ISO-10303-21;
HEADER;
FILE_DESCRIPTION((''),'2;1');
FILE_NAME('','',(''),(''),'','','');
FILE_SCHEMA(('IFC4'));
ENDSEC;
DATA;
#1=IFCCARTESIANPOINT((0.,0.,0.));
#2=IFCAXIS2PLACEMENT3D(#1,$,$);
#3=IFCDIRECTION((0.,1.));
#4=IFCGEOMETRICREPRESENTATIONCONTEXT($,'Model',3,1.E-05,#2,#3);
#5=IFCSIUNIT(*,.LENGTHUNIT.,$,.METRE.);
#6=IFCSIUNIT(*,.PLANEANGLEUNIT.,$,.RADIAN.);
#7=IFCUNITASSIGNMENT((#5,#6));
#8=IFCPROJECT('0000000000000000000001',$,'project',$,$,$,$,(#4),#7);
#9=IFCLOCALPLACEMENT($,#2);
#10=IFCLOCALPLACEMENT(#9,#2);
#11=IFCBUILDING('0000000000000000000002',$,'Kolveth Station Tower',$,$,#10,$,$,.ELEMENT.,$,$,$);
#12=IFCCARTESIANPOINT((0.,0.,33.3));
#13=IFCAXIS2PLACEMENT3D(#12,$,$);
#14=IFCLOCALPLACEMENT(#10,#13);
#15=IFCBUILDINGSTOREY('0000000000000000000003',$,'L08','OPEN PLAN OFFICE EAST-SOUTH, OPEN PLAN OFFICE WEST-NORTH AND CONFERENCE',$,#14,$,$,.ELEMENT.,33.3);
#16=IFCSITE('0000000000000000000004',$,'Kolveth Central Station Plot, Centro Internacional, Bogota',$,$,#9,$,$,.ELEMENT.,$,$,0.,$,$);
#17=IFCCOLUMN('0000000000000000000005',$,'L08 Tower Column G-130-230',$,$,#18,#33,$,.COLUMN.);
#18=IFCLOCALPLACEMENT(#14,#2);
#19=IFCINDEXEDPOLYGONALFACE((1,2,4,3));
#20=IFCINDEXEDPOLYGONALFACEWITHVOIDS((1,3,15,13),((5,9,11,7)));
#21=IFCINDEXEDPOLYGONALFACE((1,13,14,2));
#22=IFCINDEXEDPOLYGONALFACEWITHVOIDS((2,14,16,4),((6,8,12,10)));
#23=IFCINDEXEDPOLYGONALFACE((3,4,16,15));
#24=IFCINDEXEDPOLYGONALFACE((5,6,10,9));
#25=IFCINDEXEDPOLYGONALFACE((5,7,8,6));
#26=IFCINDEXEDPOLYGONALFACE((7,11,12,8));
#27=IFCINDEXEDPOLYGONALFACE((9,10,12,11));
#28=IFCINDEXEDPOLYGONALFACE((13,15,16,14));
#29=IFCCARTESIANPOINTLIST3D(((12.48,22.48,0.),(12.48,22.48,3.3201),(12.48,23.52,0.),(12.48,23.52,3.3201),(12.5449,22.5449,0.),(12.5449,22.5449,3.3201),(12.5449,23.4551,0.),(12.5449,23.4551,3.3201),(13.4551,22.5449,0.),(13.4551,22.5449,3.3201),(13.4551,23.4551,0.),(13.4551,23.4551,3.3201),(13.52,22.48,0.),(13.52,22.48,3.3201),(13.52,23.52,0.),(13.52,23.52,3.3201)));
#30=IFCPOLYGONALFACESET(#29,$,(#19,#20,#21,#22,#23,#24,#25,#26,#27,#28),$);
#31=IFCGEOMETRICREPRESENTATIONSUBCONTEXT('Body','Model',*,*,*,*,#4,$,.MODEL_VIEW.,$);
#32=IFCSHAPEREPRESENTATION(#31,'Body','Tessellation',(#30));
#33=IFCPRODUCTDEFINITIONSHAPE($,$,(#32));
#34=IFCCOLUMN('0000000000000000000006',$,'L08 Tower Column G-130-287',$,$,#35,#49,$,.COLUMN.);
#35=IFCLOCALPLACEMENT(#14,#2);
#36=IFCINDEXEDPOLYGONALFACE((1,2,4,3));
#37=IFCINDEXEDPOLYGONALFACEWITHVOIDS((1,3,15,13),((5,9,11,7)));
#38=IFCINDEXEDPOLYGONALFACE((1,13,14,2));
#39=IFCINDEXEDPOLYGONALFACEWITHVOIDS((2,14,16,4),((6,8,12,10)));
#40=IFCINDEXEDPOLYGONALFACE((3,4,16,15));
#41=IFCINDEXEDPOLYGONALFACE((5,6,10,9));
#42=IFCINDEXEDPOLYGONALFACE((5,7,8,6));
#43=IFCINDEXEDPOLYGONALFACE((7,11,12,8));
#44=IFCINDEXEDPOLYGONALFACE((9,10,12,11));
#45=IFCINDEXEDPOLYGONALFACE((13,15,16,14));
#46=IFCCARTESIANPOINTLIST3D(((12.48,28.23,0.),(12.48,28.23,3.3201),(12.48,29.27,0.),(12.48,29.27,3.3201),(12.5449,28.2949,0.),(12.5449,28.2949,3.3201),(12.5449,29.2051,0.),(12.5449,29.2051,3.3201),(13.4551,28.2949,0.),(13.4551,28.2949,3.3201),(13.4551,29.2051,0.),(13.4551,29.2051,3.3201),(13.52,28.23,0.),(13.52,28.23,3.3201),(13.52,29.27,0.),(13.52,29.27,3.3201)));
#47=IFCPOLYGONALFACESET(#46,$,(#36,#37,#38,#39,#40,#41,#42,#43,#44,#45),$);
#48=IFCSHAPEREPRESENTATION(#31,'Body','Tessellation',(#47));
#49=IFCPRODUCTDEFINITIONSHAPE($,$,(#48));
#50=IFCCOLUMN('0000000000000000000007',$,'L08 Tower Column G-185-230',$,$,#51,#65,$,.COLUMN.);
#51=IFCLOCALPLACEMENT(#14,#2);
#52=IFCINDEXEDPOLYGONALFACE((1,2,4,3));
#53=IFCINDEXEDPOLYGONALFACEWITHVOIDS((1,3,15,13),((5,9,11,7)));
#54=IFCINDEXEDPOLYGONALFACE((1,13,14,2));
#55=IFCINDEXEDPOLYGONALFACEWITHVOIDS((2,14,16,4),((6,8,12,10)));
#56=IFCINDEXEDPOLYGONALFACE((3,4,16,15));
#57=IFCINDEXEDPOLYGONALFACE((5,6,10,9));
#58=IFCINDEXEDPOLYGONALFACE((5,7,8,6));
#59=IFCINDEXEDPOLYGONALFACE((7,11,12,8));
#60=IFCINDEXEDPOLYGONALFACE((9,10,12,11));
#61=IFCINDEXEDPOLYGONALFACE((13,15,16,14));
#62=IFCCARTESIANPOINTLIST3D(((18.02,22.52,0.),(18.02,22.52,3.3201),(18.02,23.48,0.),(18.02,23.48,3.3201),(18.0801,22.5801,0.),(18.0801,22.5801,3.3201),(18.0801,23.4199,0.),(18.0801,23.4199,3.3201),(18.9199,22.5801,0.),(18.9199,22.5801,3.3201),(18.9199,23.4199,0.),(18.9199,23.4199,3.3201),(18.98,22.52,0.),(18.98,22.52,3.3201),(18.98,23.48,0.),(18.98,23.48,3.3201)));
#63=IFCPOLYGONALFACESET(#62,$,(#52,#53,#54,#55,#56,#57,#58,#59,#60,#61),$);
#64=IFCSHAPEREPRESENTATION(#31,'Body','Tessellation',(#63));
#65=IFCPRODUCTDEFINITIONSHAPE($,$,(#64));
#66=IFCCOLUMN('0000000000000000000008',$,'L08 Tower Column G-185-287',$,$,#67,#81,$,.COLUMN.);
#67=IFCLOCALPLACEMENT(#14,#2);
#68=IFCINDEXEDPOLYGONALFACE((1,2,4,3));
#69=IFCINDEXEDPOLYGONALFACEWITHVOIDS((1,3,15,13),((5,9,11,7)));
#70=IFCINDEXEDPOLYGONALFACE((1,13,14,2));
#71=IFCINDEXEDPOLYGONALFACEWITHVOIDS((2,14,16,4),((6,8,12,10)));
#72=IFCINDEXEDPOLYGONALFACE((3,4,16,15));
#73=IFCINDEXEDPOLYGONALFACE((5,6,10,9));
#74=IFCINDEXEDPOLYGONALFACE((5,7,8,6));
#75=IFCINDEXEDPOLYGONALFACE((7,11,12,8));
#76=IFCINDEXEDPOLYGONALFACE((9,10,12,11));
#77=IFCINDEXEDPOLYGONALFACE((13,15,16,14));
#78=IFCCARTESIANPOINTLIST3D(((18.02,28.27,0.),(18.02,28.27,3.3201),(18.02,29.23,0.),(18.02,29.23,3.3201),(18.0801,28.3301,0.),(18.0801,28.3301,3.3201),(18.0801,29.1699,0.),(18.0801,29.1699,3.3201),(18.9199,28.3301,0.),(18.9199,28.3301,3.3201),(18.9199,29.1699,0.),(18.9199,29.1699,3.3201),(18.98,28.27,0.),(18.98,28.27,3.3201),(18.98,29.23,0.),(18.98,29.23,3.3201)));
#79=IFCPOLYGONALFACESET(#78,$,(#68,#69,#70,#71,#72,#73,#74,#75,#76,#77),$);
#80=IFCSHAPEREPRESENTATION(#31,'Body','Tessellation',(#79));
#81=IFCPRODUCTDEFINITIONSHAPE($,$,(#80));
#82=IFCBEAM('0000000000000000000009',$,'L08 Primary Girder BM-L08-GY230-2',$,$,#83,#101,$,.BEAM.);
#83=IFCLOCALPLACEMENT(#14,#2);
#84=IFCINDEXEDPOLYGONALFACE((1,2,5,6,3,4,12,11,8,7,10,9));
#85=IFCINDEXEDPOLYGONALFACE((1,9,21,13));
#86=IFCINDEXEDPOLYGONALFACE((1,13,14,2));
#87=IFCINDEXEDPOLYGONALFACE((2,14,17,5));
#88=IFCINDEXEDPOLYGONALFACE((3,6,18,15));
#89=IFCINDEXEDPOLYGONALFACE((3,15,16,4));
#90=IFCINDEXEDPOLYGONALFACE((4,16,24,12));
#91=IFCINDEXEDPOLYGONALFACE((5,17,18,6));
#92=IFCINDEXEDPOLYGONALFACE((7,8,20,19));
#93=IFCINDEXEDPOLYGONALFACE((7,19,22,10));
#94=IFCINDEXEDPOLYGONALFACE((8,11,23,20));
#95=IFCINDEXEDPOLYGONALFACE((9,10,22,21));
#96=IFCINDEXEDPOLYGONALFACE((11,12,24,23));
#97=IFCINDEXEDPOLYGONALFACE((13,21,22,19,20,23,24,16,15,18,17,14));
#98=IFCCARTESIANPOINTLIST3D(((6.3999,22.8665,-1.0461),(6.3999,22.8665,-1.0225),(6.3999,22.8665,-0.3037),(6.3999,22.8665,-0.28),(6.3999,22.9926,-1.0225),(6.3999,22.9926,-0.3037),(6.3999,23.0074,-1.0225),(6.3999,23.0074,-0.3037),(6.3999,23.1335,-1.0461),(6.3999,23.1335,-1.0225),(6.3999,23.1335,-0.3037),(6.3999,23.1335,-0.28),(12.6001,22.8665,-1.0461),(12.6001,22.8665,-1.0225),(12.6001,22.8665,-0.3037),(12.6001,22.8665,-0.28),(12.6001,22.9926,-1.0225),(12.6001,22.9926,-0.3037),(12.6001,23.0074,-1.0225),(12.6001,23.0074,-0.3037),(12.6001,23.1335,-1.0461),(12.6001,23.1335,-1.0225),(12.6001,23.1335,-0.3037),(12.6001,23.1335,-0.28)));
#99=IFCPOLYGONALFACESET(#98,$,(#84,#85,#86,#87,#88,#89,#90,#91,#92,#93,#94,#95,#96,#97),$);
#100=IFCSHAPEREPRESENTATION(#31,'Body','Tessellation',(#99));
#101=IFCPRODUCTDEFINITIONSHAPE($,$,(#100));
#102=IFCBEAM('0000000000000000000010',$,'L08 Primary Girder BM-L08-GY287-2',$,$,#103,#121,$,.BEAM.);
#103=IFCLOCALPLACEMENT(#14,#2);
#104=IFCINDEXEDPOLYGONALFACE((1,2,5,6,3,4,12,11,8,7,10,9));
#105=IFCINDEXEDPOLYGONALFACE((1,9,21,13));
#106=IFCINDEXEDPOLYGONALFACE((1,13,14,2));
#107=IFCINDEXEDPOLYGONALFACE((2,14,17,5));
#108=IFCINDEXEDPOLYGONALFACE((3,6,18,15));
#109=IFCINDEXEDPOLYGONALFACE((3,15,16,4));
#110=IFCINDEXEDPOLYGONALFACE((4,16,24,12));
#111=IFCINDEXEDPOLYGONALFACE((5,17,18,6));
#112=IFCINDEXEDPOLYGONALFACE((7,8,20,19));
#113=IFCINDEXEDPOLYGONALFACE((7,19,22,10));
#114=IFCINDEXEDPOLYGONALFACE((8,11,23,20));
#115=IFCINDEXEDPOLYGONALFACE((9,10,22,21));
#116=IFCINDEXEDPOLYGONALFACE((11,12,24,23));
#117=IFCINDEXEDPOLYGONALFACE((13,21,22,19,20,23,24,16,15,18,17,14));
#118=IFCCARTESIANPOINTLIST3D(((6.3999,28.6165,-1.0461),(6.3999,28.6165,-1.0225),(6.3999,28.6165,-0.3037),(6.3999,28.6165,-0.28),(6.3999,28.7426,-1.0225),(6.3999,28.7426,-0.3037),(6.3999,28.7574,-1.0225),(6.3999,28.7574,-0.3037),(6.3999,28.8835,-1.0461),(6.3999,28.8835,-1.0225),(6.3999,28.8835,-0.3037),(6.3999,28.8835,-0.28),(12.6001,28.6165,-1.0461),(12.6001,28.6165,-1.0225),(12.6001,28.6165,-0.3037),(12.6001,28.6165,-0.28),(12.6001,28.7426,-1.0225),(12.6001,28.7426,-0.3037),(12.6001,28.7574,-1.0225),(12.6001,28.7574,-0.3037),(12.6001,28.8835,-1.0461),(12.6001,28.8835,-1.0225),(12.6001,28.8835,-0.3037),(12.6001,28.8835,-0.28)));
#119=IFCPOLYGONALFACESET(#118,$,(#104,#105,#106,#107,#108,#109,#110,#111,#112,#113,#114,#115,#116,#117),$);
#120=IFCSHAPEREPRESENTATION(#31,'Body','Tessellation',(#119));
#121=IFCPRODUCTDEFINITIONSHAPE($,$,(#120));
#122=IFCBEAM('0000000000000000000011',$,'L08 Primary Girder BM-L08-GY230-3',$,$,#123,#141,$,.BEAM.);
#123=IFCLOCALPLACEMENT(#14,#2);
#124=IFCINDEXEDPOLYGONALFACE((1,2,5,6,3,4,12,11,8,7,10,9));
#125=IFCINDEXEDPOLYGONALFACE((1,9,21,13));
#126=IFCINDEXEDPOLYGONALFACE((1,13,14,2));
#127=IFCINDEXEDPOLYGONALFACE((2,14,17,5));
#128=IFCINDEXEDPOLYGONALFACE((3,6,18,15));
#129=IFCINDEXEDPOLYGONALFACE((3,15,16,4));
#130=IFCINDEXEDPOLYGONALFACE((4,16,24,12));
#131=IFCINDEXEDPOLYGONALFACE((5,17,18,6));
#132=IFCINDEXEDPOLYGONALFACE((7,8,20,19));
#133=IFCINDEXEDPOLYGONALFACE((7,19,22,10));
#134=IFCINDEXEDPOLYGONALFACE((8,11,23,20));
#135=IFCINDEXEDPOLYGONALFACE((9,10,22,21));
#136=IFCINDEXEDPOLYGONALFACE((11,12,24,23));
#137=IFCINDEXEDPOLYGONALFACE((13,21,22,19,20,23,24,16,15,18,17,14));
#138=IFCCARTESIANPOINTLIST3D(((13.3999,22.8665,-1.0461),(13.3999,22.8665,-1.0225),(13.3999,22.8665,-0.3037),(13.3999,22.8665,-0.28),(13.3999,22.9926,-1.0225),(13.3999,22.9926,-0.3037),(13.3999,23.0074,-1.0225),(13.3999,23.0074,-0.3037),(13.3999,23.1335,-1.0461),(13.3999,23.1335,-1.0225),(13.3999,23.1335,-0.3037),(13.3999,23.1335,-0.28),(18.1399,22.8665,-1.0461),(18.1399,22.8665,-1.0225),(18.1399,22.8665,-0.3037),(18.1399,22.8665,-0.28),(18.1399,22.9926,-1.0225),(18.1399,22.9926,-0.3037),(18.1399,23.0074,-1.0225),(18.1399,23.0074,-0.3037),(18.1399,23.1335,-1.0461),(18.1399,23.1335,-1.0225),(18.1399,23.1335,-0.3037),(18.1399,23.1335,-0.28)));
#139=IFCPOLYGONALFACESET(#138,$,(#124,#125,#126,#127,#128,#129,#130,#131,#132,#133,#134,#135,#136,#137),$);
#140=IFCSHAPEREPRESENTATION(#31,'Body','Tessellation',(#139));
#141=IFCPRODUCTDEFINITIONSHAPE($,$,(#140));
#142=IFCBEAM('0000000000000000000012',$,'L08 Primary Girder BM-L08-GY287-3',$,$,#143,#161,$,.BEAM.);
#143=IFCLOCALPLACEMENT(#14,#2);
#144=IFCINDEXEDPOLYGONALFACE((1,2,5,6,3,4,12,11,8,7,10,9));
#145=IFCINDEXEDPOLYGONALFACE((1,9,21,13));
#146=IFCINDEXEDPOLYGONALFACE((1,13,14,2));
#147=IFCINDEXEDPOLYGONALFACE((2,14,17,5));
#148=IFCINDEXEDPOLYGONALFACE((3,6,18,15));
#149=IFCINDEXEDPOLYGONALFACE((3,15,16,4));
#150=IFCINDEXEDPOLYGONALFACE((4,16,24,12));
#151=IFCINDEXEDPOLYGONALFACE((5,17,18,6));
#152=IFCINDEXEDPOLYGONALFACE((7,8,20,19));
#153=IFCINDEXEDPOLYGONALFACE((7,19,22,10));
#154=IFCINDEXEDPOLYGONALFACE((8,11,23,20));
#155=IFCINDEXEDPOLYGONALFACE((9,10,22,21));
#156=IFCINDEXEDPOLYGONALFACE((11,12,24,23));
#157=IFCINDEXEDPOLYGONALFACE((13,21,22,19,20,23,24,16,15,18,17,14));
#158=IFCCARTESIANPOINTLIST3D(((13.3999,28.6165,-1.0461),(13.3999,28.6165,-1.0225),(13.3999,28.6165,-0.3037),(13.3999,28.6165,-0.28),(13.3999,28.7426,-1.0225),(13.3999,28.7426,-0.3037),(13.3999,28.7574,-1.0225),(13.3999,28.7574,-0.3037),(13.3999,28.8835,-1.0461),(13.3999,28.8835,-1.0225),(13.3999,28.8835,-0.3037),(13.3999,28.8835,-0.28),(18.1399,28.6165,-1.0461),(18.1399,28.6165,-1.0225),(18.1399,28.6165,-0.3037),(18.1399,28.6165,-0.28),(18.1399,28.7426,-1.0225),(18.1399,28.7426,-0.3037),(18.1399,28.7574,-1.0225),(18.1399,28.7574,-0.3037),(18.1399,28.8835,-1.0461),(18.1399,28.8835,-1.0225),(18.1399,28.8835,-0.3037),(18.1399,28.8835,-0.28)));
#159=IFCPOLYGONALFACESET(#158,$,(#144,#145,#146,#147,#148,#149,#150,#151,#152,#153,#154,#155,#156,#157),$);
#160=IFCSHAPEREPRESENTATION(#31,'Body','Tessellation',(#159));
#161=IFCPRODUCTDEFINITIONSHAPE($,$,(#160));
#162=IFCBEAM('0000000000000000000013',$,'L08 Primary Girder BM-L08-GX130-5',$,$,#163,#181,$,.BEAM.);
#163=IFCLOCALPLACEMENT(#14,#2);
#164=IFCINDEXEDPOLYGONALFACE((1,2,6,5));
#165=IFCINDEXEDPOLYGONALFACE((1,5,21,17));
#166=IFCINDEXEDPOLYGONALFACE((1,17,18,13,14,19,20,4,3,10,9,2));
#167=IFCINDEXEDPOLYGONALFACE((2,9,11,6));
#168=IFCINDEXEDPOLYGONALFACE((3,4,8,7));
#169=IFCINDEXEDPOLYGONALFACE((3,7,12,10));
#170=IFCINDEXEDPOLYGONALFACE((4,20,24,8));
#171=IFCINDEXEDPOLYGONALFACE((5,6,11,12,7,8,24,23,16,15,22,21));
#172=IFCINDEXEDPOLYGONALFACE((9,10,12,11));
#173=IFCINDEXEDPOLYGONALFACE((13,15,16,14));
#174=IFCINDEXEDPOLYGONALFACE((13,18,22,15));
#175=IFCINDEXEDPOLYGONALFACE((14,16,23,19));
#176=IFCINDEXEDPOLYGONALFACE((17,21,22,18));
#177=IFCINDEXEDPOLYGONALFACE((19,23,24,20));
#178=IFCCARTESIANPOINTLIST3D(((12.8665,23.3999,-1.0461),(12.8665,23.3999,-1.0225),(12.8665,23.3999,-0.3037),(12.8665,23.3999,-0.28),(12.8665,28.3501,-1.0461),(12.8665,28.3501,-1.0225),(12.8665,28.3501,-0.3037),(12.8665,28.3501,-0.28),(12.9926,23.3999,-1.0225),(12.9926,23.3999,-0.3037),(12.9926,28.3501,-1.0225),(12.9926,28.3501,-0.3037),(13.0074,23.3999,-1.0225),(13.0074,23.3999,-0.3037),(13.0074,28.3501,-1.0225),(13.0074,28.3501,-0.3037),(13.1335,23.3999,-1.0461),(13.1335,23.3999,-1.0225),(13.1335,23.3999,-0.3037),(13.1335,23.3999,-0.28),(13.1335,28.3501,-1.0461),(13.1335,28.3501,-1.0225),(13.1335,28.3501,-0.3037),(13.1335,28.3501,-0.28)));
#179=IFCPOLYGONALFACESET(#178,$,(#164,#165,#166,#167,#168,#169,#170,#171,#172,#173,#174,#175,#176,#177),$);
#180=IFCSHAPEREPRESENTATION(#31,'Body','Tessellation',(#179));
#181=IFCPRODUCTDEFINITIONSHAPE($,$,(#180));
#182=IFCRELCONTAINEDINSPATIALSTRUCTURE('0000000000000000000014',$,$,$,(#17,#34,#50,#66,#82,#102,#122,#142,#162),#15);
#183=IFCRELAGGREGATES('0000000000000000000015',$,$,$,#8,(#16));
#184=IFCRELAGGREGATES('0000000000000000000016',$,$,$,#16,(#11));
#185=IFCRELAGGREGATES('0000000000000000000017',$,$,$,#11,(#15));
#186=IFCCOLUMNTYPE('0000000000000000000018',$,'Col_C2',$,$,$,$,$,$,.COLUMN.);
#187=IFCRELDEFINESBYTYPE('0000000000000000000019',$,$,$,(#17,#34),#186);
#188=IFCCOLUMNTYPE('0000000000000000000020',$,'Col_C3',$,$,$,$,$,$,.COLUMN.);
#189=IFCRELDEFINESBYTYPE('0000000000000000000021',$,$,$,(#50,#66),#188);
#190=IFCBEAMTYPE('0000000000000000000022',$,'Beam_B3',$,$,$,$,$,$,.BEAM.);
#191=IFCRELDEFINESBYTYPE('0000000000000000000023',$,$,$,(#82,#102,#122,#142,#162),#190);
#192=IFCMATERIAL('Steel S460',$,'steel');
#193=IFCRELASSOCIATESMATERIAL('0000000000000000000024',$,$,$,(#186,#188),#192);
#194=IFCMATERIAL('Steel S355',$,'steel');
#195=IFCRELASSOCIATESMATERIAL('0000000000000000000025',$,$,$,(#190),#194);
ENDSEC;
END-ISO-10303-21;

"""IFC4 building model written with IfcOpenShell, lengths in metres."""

from ifc_helpers import new_model, si_unit, direction, frame, origin, origin_2d, place, context, subcontext, project, spatial, hollow_rectangle, i_section, extrude, source, transform, mapped, material, material_profile, profile_set, type_object, element, save


model = new_model("IFC4")

# Units and contexts
model_context = context("Model", 3, precision=1e-05, world=origin(), true_north=direction((0.0, 1.0)))
body_context = subcontext(model_context, "Body", "Model", "MODEL_VIEW")
ifc_project = project(units=[si_unit("LENGTHUNIT", "METRE"), si_unit("PLANEANGLEUNIT", "RADIAN")], contexts=[model_context])

# Site, building, storey
site_placement = place(None, origin())
site = spatial("IfcSite", under=ifc_project, at=site_placement, Name="Kolveth Central Station Plot, Centro Internacional, Bogota", CompositionType="ELEMENT", RefElevation=0.0)
building_placement = place(site_placement, origin())
building = spatial("IfcBuilding", under=site, at=building_placement, Name="Kolveth Station Tower", CompositionType="ELEMENT")
storey_placement = place(building_placement, frame((0.0, 0.0, 33.3)))
storey = spatial("IfcBuildingStorey", under=building, at=storey_placement, Name="L08", Description="OPEN PLAN OFFICE EAST-SOUTH, OPEN PLAN OFFICE WEST-NORTH AND CONFERENCE", CompositionType="ELEMENT", Elevation=33.3)

# Columns
ifc_material_1 = material(Name="Steel S460", Category="steel")
ifc_material_profile_1 = material_profile(ifc_material_1, hollow_rectangle(XDim=1.04, YDim=1.04, WallThickness=0.0649, at=origin_2d()), Name="BOX1040x1040x65")
ifc_profile_set_1 = profile_set([ifc_material_profile_1], Name="Steel S460")
column_type_1 = type_object("IfcColumnType", Name="Col_C2", PredefinedType="COLUMN", material=ifc_profile_set_1)
shared_shape_1 = source(origin(), body_context, "Body", "SweptSolid", [
    extrude(hollow_rectangle(XDim=1.04, YDim=1.04, WallThickness=0.0649, at=origin_2d()), origin(), (0.0, 0.0, 1.0), 3.3201),
])
for number, where, z_axis, x_axis, name in (
    (1, (13.0, 23.0, 0.0), (0.0, 0.0, 1.0), (1.0, 0.0, 0.0), "L08 Tower Column G-130-230"),
    (2, (13.0, 28.75, 0.0), (0.0, 0.0, 1.0), (1.0, 0.0, 0.0), "L08 Tower Column G-130-287"),
):
    element("IfcColumn", number, at=place(storey_placement, frame(where, z_axis=z_axis, x_axis=x_axis)), inside=storey, type_object=column_type_1, Name=name, PredefinedType="COLUMN", context=body_context, shape_type="MappedRepresentation", body=[
        mapped(shared_shape_1, transform((0.0, 0.0, 0.0), x_axis=(1.0, 0.0, 0.0), y_axis=(0.0, 1.0, 0.0), z_axis=(0.0, 0.0, 1.0), scale=1.0)),
    ])
ifc_material_profile_2 = material_profile(ifc_material_1, hollow_rectangle(XDim=0.96, YDim=0.96, WallThickness=0.0601, at=origin_2d()), Name="BOX960x960x60")
ifc_profile_set_2 = profile_set([ifc_material_profile_2], Name="Steel S460")
column_type_2 = type_object("IfcColumnType", Name="Col_C3", PredefinedType="COLUMN", material=ifc_profile_set_2)
shared_shape_2 = source(origin(), body_context, "Body", "SweptSolid", [
    extrude(hollow_rectangle(XDim=0.96, YDim=0.96, WallThickness=0.0601, at=origin_2d()), origin(), (0.0, 0.0, 1.0), 3.3201),
])
for number, where, z_axis, x_axis, name in (
    (3, (18.5, 23.0, 0.0), (0.0, 0.0, 1.0), (1.0, 0.0, 0.0), "L08 Tower Column G-185-230"),
    (4, (18.5, 28.75, 0.0), (0.0, 0.0, 1.0), (1.0, 0.0, 0.0), "L08 Tower Column G-185-287"),
):
    element("IfcColumn", number, at=place(storey_placement, frame(where, z_axis=z_axis, x_axis=x_axis)), inside=storey, type_object=column_type_2, Name=name, PredefinedType="COLUMN", context=body_context, shape_type="MappedRepresentation", body=[
        mapped(shared_shape_2, transform((0.0, 0.0, 0.0), x_axis=(1.0, 0.0, 0.0), y_axis=(0.0, 1.0, 0.0), z_axis=(0.0, 0.0, 1.0), scale=1.0)),
    ])

# Beams
ifc_material_2 = material(Name="Steel S355", Category="steel")
ifc_material_profile_3 = material_profile(ifc_material_2, i_section(OverallWidth=0.2671, OverallDepth=0.7661, WebThickness=0.0149, FlangeThickness=0.0237, at=origin_2d()), Name="W760x185")
ifc_profile_set_3 = profile_set([ifc_material_profile_3], Name="Steel S355")
beam_type_1 = type_object("IfcBeamType", Name="Beam_B3", PredefinedType="BEAM", material=ifc_profile_set_3)
shared_shape_3 = source(origin(), body_context, "Body", "SweptSolid", [
    extrude(i_section(OverallWidth=0.2671, OverallDepth=0.7661, WebThickness=0.0149, FlangeThickness=0.0237, at=origin_2d()), origin(), (0.0, 0.0, 1.0), 6.2002),
])
for number, where, z_axis, x_axis, name in (
    (5, (6.3999, 23.0, -0.6631), (1.0, 0.0, 0.0), (0.0, 1.0, 0.0), "L08 Primary Girder BM-L08-GY230-2"),
    (6, (6.3999, 28.75, -0.6631), (1.0, 0.0, 0.0), (0.0, 1.0, 0.0), "L08 Primary Girder BM-L08-GY287-2"),
):
    element("IfcBeam", number, at=place(storey_placement, frame(where, z_axis=z_axis, x_axis=x_axis)), inside=storey, type_object=beam_type_1, Name=name, PredefinedType="BEAM", context=body_context, shape_type="MappedRepresentation", body=[
        mapped(shared_shape_3, transform((0.0, 0.0, 0.0), x_axis=(1.0, 0.0, 0.0), y_axis=(0.0, 1.0, 0.0), z_axis=(0.0, 0.0, 1.0), scale=1.0)),
    ])
shared_shape_4 = source(origin(), body_context, "Body", "SweptSolid", [
    extrude(i_section(OverallWidth=0.2671, OverallDepth=0.7661, WebThickness=0.0149, FlangeThickness=0.0237, at=origin_2d()), origin(), (0.0, 0.0, 1.0), 4.74),
])
for number, where, z_axis, x_axis, name in (
    (7, (13.3999, 23.0, -0.6631), (1.0, 0.0, 0.0), (0.0, 1.0, 0.0), "L08 Primary Girder BM-L08-GY230-3"),
    (8, (13.3999, 28.75, -0.6631), (1.0, 0.0, 0.0), (0.0, 1.0, 0.0), "L08 Primary Girder BM-L08-GY287-3"),
):
    element("IfcBeam", number, at=place(storey_placement, frame(where, z_axis=z_axis, x_axis=x_axis)), inside=storey, type_object=beam_type_1, Name=name, PredefinedType="BEAM", context=body_context, shape_type="MappedRepresentation", body=[
        mapped(shared_shape_4, transform((0.0, 0.0, 0.0), x_axis=(1.0, 0.0, 0.0), y_axis=(0.0, 1.0, 0.0), z_axis=(0.0, 0.0, 1.0), scale=1.0)),
    ])
shared_shape_5 = source(origin(), body_context, "Body", "SweptSolid", [
    extrude(i_section(OverallWidth=0.2671, OverallDepth=0.7661, WebThickness=0.0149, FlangeThickness=0.0237, at=origin_2d()), origin(), (0.0, 0.0, 1.0), 4.9502),
])
beam_1_placement = place(storey_placement, frame((13.0, 23.3999, -0.6631), z_axis=(0.0, 1.0, 0.0), x_axis=(-1.0, 0.0, 0.0)))
element("IfcBeam", 9, at=beam_1_placement, inside=storey, type_object=beam_type_1, Name="L08 Primary Girder BM-L08-GX130-5", PredefinedType="BEAM", context=body_context, shape_type="MappedRepresentation", body=[
    mapped(shared_shape_5, transform((0.0, 0.0, 0.0), x_axis=(1.0, 0.0, 0.0), y_axis=(0.0, 1.0, 0.0), z_axis=(0.0, 0.0, 1.0), scale=1.0)),
])

save(model, "model.ifc")
